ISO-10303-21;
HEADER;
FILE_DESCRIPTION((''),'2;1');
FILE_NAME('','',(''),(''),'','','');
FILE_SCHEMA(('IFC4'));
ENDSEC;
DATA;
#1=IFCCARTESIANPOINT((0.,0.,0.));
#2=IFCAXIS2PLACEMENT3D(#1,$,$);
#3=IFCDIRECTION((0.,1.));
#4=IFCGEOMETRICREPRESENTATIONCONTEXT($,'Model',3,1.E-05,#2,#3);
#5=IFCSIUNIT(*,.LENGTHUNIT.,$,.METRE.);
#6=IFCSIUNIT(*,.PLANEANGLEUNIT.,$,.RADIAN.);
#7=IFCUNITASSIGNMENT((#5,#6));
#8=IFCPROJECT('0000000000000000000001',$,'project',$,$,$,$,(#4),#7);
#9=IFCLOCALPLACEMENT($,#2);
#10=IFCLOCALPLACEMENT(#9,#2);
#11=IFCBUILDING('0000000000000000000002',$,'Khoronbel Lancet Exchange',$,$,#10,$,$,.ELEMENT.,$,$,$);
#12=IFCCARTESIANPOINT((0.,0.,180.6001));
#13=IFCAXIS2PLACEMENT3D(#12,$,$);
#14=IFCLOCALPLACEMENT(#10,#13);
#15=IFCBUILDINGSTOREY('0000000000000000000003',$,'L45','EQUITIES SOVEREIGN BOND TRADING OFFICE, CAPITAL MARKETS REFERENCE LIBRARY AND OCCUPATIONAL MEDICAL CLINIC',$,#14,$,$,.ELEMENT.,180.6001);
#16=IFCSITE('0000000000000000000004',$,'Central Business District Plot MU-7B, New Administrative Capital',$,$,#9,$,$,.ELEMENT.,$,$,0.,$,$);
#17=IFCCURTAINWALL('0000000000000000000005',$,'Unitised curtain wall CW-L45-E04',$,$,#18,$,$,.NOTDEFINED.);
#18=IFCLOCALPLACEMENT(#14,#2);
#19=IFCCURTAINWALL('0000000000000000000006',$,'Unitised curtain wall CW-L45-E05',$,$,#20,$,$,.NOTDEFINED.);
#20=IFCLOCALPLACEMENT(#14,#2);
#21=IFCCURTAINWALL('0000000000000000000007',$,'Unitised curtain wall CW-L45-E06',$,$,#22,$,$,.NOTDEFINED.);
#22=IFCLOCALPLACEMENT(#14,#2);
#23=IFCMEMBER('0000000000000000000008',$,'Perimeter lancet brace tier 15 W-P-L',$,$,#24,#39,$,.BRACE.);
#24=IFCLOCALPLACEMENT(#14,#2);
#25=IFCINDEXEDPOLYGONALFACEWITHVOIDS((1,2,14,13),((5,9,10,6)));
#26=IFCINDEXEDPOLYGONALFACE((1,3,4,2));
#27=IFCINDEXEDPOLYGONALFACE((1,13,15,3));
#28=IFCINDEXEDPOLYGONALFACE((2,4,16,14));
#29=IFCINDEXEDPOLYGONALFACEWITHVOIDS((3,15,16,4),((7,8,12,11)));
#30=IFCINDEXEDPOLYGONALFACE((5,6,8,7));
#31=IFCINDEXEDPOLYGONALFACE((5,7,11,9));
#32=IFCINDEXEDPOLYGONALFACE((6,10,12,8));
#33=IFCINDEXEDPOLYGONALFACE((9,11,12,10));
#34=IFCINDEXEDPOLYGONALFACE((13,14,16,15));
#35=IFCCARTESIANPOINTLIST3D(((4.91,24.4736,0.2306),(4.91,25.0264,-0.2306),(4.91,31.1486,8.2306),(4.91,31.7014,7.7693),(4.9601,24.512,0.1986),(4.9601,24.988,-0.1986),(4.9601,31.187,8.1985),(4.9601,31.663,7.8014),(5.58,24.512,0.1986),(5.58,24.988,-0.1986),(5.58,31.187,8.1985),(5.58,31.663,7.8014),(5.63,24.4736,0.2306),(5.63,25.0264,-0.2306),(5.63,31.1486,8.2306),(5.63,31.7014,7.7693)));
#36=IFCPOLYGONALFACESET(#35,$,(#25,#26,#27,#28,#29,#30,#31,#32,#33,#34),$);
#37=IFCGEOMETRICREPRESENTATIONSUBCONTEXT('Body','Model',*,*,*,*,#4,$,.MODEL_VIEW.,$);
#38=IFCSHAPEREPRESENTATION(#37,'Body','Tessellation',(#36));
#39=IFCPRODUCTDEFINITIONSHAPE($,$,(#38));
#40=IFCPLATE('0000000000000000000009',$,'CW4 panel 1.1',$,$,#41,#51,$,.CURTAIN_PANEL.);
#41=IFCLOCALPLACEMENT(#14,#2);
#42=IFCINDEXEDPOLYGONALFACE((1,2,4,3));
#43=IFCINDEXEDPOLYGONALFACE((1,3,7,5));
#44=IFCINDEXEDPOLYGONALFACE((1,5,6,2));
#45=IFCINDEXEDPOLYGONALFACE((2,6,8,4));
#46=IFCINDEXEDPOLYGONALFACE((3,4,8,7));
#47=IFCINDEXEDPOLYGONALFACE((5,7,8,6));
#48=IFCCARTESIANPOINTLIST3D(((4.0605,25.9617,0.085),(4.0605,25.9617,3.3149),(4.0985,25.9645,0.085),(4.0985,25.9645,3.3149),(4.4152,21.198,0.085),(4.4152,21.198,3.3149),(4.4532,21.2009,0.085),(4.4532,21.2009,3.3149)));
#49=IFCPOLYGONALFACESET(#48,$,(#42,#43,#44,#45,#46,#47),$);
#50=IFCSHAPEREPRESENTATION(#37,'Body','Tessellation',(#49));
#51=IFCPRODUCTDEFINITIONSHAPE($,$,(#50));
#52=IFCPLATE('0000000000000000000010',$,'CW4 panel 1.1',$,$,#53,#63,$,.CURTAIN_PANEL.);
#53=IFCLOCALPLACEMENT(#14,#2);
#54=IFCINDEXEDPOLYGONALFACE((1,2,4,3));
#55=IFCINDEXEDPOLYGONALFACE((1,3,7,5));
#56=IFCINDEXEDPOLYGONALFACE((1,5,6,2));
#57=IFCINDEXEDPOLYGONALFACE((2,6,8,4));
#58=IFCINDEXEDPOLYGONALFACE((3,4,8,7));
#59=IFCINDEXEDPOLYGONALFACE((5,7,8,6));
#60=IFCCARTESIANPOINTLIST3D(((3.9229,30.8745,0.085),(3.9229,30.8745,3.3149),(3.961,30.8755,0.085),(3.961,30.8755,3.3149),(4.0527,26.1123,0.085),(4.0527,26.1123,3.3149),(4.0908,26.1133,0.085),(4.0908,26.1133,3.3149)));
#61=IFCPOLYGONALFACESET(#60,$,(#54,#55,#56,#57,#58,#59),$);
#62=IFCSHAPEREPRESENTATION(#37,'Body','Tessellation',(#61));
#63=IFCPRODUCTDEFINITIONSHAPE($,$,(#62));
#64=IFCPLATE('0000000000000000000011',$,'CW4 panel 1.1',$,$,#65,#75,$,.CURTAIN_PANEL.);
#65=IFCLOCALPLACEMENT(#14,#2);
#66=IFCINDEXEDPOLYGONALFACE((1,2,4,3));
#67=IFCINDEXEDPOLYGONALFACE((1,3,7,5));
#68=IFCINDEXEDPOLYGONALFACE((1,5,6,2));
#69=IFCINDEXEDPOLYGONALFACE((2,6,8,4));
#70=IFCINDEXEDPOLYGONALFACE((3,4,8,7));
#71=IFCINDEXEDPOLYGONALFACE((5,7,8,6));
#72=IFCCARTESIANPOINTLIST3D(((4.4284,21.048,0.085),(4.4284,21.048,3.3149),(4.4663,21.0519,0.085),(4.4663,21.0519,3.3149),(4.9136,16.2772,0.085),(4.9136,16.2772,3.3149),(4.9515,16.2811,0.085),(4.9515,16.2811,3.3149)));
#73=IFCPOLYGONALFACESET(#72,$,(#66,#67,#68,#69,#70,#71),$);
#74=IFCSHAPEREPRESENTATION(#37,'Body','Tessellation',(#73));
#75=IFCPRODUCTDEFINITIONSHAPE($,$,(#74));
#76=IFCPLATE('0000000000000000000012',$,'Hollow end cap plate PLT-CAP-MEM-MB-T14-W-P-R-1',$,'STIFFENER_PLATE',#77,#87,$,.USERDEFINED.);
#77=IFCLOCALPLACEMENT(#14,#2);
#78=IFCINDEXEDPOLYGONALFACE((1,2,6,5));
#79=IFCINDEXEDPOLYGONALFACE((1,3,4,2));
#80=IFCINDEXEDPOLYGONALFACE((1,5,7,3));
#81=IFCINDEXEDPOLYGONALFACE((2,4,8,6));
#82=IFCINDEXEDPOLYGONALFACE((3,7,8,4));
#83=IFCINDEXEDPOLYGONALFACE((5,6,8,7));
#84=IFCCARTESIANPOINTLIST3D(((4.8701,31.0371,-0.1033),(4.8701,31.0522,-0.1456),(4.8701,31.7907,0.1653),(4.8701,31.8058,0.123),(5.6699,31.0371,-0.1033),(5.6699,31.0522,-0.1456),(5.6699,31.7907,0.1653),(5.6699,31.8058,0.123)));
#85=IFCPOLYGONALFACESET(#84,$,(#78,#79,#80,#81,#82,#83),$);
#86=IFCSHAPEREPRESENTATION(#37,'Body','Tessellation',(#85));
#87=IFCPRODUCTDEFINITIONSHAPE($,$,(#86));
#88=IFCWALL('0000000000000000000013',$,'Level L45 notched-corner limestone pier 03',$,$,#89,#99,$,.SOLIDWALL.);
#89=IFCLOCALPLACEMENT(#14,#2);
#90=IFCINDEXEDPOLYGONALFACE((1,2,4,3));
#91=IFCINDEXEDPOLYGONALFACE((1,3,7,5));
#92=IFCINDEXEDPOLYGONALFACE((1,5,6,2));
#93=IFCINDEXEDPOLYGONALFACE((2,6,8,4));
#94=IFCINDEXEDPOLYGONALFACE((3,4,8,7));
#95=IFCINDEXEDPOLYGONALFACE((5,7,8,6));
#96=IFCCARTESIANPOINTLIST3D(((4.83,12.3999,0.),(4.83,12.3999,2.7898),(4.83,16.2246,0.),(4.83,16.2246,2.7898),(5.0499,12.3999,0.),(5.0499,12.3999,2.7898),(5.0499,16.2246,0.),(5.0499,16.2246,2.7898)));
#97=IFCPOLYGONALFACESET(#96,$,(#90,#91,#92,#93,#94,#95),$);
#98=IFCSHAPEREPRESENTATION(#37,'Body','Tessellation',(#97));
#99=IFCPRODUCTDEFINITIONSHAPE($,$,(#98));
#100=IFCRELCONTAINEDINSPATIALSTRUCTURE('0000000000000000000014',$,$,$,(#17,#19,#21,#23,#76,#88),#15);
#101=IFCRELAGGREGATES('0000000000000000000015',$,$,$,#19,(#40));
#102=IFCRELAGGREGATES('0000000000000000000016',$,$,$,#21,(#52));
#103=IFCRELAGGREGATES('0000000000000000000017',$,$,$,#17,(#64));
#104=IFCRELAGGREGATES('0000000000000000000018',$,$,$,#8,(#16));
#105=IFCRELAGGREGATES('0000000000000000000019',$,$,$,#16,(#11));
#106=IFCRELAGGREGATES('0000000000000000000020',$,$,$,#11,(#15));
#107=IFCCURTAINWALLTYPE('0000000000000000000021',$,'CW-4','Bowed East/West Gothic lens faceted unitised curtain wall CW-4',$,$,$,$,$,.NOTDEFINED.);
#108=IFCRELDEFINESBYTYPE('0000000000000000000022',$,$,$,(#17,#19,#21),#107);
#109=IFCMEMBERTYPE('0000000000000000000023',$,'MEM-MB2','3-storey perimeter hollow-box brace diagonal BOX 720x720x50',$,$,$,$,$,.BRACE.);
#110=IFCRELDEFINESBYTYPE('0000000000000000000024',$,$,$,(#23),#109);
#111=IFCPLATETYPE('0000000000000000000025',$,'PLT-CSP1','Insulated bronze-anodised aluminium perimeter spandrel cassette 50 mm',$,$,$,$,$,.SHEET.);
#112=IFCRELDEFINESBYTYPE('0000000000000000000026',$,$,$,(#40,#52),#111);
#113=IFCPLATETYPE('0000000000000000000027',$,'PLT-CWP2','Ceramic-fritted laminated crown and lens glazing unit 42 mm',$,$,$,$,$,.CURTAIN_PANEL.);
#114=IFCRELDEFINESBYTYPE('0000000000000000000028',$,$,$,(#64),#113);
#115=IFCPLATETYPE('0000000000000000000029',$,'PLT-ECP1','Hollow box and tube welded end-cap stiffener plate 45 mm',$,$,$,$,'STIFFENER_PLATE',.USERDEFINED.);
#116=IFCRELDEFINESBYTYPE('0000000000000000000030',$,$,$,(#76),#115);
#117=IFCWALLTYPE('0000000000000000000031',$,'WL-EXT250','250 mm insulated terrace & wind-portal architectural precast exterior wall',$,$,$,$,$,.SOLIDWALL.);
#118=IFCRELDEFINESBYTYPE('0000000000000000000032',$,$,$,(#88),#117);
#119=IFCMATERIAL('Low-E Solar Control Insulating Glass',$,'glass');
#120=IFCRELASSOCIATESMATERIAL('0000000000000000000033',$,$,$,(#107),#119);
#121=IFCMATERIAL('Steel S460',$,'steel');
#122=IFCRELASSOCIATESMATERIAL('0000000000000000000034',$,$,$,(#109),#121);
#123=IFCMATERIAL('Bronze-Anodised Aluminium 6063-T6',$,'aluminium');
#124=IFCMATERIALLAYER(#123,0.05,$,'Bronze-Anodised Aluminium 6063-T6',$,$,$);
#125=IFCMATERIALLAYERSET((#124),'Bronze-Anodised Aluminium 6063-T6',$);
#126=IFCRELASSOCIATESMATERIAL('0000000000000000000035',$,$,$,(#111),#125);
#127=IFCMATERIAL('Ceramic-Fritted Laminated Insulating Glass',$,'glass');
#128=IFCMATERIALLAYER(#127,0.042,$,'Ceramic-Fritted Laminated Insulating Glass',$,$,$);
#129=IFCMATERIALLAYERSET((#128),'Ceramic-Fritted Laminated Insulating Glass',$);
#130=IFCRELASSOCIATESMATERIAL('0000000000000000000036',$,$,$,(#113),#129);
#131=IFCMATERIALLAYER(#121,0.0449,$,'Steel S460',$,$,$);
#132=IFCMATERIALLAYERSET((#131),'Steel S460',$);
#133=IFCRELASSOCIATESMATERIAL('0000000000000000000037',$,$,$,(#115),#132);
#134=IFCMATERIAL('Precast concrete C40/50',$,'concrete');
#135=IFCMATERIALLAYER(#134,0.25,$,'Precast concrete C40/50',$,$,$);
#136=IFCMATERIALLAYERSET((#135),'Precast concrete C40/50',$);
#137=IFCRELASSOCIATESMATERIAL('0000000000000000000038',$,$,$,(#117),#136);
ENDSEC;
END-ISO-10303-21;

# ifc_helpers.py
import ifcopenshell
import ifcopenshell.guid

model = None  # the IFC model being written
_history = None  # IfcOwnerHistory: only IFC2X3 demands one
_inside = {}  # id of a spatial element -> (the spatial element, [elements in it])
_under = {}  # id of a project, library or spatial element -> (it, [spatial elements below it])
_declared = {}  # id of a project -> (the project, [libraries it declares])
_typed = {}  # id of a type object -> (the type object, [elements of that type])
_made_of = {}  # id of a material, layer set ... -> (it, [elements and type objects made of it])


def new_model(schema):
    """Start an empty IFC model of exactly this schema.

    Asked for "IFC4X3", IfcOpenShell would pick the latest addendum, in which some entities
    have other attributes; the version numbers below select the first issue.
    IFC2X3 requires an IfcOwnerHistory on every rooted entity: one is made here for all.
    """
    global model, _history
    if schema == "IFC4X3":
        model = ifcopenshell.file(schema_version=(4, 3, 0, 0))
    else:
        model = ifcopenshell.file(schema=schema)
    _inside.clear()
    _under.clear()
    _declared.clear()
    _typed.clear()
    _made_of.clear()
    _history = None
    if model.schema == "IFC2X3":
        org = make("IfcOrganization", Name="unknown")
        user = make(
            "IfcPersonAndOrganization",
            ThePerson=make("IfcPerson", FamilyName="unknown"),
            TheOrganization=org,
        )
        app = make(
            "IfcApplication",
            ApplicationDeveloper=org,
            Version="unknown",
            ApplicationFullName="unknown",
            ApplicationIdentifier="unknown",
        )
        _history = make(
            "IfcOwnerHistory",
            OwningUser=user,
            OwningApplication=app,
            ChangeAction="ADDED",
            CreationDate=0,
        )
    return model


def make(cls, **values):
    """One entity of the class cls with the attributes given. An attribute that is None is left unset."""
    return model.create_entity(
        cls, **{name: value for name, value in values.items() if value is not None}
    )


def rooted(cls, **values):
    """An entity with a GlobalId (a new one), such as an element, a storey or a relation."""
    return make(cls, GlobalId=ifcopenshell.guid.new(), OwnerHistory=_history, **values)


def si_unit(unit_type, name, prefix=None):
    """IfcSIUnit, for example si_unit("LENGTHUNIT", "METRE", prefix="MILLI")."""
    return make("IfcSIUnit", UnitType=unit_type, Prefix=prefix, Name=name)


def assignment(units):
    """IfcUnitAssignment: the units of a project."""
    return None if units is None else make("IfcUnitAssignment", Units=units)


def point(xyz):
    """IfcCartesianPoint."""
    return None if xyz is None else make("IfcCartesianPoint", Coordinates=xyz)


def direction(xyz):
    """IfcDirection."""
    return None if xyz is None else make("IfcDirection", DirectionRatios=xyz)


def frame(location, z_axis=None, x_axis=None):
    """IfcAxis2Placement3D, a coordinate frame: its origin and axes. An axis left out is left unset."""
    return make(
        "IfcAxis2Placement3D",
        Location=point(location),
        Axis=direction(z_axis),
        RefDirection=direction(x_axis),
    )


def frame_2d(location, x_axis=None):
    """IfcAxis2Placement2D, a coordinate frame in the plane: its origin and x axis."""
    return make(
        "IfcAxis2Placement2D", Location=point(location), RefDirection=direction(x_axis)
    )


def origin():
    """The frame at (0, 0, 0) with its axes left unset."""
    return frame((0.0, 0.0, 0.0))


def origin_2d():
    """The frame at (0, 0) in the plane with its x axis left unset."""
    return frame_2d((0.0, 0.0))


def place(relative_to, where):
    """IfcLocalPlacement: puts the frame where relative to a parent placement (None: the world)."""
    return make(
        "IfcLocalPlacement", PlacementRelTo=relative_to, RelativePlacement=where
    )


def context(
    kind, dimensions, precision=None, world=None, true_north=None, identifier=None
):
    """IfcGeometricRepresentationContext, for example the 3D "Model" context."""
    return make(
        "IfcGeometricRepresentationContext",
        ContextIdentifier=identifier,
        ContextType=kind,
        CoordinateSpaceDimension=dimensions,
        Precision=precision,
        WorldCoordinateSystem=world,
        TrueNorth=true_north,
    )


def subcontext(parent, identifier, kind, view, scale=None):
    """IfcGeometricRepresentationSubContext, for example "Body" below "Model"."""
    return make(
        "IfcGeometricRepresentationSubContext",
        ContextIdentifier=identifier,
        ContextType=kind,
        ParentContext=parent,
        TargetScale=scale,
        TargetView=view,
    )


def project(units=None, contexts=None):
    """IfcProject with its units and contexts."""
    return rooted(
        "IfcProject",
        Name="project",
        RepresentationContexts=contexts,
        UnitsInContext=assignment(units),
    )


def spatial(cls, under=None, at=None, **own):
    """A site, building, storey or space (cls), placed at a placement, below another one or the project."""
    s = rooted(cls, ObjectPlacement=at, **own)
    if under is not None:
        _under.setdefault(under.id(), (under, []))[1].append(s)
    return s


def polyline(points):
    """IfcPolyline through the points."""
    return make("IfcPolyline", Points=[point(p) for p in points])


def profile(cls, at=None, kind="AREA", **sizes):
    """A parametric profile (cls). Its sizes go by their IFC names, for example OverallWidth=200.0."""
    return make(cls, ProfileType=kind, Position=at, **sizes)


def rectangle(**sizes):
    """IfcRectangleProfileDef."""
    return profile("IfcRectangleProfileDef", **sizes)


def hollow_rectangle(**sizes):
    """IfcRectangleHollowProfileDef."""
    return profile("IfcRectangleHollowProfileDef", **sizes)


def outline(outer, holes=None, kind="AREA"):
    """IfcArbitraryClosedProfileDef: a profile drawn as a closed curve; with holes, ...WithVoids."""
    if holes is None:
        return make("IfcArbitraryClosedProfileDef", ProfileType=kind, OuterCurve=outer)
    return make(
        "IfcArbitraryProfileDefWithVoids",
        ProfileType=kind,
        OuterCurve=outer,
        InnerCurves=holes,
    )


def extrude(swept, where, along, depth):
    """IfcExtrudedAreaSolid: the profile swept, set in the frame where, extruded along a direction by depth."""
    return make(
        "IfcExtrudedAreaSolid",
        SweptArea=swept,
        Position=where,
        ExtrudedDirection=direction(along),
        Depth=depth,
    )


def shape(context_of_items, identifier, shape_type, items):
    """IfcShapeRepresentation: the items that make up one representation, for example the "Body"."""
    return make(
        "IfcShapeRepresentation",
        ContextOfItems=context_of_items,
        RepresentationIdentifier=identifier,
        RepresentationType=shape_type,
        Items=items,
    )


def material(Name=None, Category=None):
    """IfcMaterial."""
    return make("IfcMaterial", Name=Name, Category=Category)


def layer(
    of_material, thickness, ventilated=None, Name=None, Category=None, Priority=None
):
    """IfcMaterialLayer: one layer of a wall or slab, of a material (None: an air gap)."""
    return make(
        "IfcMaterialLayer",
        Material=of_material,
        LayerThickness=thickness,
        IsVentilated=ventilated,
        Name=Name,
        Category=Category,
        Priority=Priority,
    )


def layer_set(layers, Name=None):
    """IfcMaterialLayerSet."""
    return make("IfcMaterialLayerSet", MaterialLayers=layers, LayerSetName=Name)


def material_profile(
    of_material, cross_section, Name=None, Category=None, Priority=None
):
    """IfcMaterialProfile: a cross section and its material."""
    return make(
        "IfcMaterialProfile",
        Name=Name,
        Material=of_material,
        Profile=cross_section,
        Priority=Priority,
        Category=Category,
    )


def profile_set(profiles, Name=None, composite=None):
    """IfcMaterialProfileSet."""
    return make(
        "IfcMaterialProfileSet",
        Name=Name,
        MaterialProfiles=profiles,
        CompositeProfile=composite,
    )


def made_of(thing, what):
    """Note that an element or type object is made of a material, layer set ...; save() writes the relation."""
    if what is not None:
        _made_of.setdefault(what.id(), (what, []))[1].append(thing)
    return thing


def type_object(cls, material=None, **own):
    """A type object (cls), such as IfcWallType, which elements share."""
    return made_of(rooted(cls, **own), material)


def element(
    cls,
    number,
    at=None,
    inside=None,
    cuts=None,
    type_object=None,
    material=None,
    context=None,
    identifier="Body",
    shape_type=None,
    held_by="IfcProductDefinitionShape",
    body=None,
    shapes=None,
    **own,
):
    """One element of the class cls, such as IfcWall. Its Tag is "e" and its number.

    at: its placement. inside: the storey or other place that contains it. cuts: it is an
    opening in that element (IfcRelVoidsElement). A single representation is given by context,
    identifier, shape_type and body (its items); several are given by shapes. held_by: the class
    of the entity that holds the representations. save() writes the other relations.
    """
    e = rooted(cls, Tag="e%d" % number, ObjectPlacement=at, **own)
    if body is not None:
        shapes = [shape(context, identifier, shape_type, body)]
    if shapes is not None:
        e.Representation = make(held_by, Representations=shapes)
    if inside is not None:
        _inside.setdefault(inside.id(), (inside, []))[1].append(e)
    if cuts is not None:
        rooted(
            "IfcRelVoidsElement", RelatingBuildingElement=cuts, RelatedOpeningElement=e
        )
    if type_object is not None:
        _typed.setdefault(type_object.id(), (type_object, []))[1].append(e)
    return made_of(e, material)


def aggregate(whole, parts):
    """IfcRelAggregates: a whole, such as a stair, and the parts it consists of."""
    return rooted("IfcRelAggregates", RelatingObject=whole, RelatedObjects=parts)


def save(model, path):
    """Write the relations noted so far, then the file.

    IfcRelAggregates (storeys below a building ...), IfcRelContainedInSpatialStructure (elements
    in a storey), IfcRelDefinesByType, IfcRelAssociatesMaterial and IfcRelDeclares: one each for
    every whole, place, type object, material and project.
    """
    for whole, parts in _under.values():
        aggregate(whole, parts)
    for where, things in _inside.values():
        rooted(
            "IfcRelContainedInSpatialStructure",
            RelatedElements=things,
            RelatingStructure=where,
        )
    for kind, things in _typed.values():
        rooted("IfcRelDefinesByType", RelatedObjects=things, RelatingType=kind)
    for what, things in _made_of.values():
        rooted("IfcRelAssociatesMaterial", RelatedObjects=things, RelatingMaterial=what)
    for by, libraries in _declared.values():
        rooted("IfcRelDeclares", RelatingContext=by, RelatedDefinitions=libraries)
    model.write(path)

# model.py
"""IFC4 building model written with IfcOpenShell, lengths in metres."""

from ifc_helpers import new_model, si_unit, direction, frame, frame_2d, origin, origin_2d, place, context, subcontext, project, spatial, polyline, rectangle, hollow_rectangle, outline, extrude, material, layer, layer_set, material_profile, profile_set, type_object, element, aggregate, save


model = new_model("IFC4")

# Units and contexts
model_context = context("Model", 3, precision=1e-05, world=origin(), true_north=direction((0.0, 1.0)))
body_context = subcontext(model_context, "Body", "Model", "MODEL_VIEW")
ifc_project = project(units=[si_unit("LENGTHUNIT", "METRE"), si_unit("PLANEANGLEUNIT", "RADIAN")], contexts=[model_context])

# Site, building, storey
site_placement = place(None, origin())
site = spatial("IfcSite", under=ifc_project, at=site_placement, Name="Central Business District Plot MU-7B, New Administrative Capital", CompositionType="ELEMENT", RefElevation=0.0)
building_placement = place(site_placement, origin())
building = spatial("IfcBuilding", under=site, at=building_placement, Name="Khoronbel Lancet Exchange", CompositionType="ELEMENT")
storey_placement = place(building_placement, frame((0.0, 0.0, 180.6001)))
storey = spatial("IfcBuildingStorey", under=building, at=storey_placement, Name="L45", Description="EQUITIES SOVEREIGN BOND TRADING OFFICE, CAPITAL MARKETS REFERENCE LIBRARY AND OCCUPATIONAL MEDICAL CLINIC", CompositionType="ELEMENT", Elevation=180.6001)

# Curtain walls
ifc_material_1 = material(Name="Low-E Solar Control Insulating Glass", Category="glass")
curtain_wall_type = type_object("IfcCurtainWallType", Name="CW-4", Description="Bowed East/West Gothic lens faceted unitised curtain wall CW-4", PredefinedType="NOTDEFINED", material=ifc_material_1)
curtain_wall_1_placement = place(storey_placement, origin())
curtain_wall_1 = element("IfcCurtainWall", 1, at=curtain_wall_1_placement, inside=storey, type_object=curtain_wall_type, Name="Unitised curtain wall CW-L45-E04", PredefinedType="NOTDEFINED")
ifc_material_2 = material(Name="Bronze-Anodised Aluminium 6063-T6", Category="aluminium")
curtain_wall_2_placement = place(storey_placement, origin())
curtain_wall_2 = element("IfcCurtainWall", 2, at=curtain_wall_2_placement, inside=storey, type_object=curtain_wall_type, Name="Unitised curtain wall CW-L45-E05", PredefinedType="NOTDEFINED")
curtain_wall_3_placement = place(storey_placement, origin())
curtain_wall_3 = element("IfcCurtainWall", 3, at=curtain_wall_3_placement, inside=storey, type_object=curtain_wall_type, Name="Unitised curtain wall CW-L45-E06", PredefinedType="NOTDEFINED")

# Member
ifc_material_3 = material(Name="Steel S460", Category="steel")
ifc_material_profile_1 = material_profile(ifc_material_3, hollow_rectangle(XDim=0.72, YDim=0.72, WallThickness=0.05, at=origin_2d()), Name="BOX 720x720x50")
ifc_profile_set_1 = profile_set([ifc_material_profile_1], Name="Steel S460")
member_type_1 = type_object("IfcMemberType", Name="MEM-MB2", Description="3-storey perimeter hollow-box brace diagonal BOX 720x720x50", PredefinedType="BRACE", material=ifc_profile_set_1)
member_1_placement = place(storey_placement, frame((5.27, 24.75, 0.0), z_axis=(0.0, 0.640659, 0.767825), x_axis=(-1.0, 0.0, 0.0)))
element("IfcMember", 4, at=member_1_placement, inside=storey, type_object=member_type_1, Name="Perimeter lancet brace tier 15 W-P-L", PredefinedType="BRACE", context=body_context, shape_type="SweptSolid", body=[
    extrude(hollow_rectangle(XDim=0.72, YDim=0.72, WallThickness=0.05, at=origin_2d()), origin(), (0.0, 0.0, 1.0), 10.4189),
])

# Plates
ifc_layer_1 = layer(ifc_material_2, 0.05, Name="Bronze-Anodised Aluminium 6063-T6")
ifc_layer_set_1 = layer_set([ifc_layer_1], Name="Bronze-Anodised Aluminium 6063-T6")
plate_type_1 = type_object("IfcPlateType", Name="PLT-CSP1", Description="Insulated bronze-anodised aluminium perimeter spandrel cassette 50 mm", PredefinedType="SHEET", material=ifc_layer_set_1)
plate_1_placement = place(storey_placement, frame((4.2568, 23.5813, 0.085), z_axis=(0.0, 0.0, 1.0), x_axis=(-0.074245, 0.99724, 0.0)))
plate_1 = element("IfcPlate", 5, at=plate_1_placement, type_object=plate_type_1, Name="CW4 panel 1.1", PredefinedType="CURTAIN_PANEL", context=body_context, shape_type="SweptSolid", body=[
    extrude(rectangle(XDim=4.7769, YDim=0.0381, at=origin_2d()), origin(), (0.0, 0.0, 1.0), 3.23),
])
aggregate(curtain_wall_2, [plate_1])
plate_2_placement = place(storey_placement, frame((4.0068, 28.4939, 0.085), z_axis=(0.0, 0.0, 1.0), x_axis=(-0.027249, 0.999629, 0.0)))
plate_2 = element("IfcPlate", 6, at=plate_2_placement, type_object=plate_type_1, Name="CW4 panel 1.1", PredefinedType="CURTAIN_PANEL", context=body_context, shape_type="SweptSolid", body=[
    extrude(rectangle(XDim=4.7639, YDim=0.0381, at=origin_2d()), origin(), (0.0, 0.0, 1.0), 3.23),
])
aggregate(curtain_wall_3, [plate_2])
ifc_material_4 = material(Name="Ceramic-Fritted Laminated Insulating Glass", Category="glass")
ifc_layer_2 = layer(ifc_material_4, 0.042, Name="Ceramic-Fritted Laminated Insulating Glass")
ifc_layer_set_2 = layer_set([ifc_layer_2], Name="Ceramic-Fritted Laminated Insulating Glass")
plate_type_2 = type_object("IfcPlateType", Name="PLT-CWP2", Description="Ceramic-fritted laminated crown and lens glazing unit 42 mm", PredefinedType="CURTAIN_PANEL", material=ifc_layer_set_2)
plate_3_placement = place(storey_placement, frame((4.6899, 18.6646, 0.085), z_axis=(0.0, 0.0, 1.0), x_axis=(-0.101165, 0.99487, 0.0)))
plate_3 = element("IfcPlate", 7, at=plate_3_placement, type_object=plate_type_2, Name="CW4 panel 1.1", PredefinedType="CURTAIN_PANEL", context=body_context, shape_type="SweptSolid", body=[
    extrude(rectangle(XDim=4.7954, YDim=0.0381, at=origin_2d()), origin(), (0.0, 0.0, 1.0), 3.23),
])
aggregate(curtain_wall_1, [plate_3])
ifc_layer_3 = layer(ifc_material_3, 0.0449, Name="Steel S460")
ifc_layer_set_3 = layer_set([ifc_layer_3], Name="Steel S460")
plate_type_3 = type_object("IfcPlateType", Name="PLT-ECP1", Description="Hollow box and tube welded end-cap stiffener plate 45 mm", ElementType="STIFFENER_PLATE", PredefinedType="USERDEFINED", material=ifc_layer_set_3)
plate_4_placement = place(storey_placement, frame((4.8701, 31.0371, -0.1033), z_axis=(0.0, -0.33566, 0.941983), x_axis=(1.0, 0.0, 0.0)))
element("IfcPlate", 8, at=plate_4_placement, inside=storey, type_object=plate_type_3, Name="Hollow end cap plate PLT-CAP-MEM-MB-T14-W-P-R-1", ObjectType="STIFFENER_PLATE", PredefinedType="USERDEFINED", context=body_context, shape_type="SweptSolid", body=[
    extrude(outline(polyline([(0.0, 0.0), (0.7998, 0.0), (0.7998, 0.8), (0.0, 0.8), (0.0, 0.0)])), origin(), (0.0, 0.0, -1.0), 0.0449),
])

# Wall
ifc_material_5 = material(Name="Precast concrete C40/50", Category="concrete")
ifc_layer_4 = layer(ifc_material_5, 0.25, Name="Precast concrete C40/50")
ifc_layer_set_4 = layer_set([ifc_layer_4], Name="Precast concrete C40/50")
wall_type = type_object("IfcWallType", Name="WL-EXT250", Description="250 mm insulated terrace & wind-portal architectural precast exterior wall", PredefinedType="SOLIDWALL", material=ifc_layer_set_4)
wall_placement = place(storey_placement, frame((4.9399, 12.3999, 0.0), z_axis=(0.0, 0.0, 1.0), x_axis=(0.0, 1.0, 0.0)))
element("IfcWall", 9, at=wall_placement, inside=storey, type_object=wall_type, Name="Level L45 notched-corner limestone pier 03", PredefinedType="SOLIDWALL", context=body_context, shape_type="SweptSolid", body=[
    extrude(rectangle(XDim=3.8247, YDim=0.22, at=frame_2d((1.9124, 0.0))), origin(), (0.0, 0.0, 1.0), 2.7898),
])

save(model, "model.ifc")
